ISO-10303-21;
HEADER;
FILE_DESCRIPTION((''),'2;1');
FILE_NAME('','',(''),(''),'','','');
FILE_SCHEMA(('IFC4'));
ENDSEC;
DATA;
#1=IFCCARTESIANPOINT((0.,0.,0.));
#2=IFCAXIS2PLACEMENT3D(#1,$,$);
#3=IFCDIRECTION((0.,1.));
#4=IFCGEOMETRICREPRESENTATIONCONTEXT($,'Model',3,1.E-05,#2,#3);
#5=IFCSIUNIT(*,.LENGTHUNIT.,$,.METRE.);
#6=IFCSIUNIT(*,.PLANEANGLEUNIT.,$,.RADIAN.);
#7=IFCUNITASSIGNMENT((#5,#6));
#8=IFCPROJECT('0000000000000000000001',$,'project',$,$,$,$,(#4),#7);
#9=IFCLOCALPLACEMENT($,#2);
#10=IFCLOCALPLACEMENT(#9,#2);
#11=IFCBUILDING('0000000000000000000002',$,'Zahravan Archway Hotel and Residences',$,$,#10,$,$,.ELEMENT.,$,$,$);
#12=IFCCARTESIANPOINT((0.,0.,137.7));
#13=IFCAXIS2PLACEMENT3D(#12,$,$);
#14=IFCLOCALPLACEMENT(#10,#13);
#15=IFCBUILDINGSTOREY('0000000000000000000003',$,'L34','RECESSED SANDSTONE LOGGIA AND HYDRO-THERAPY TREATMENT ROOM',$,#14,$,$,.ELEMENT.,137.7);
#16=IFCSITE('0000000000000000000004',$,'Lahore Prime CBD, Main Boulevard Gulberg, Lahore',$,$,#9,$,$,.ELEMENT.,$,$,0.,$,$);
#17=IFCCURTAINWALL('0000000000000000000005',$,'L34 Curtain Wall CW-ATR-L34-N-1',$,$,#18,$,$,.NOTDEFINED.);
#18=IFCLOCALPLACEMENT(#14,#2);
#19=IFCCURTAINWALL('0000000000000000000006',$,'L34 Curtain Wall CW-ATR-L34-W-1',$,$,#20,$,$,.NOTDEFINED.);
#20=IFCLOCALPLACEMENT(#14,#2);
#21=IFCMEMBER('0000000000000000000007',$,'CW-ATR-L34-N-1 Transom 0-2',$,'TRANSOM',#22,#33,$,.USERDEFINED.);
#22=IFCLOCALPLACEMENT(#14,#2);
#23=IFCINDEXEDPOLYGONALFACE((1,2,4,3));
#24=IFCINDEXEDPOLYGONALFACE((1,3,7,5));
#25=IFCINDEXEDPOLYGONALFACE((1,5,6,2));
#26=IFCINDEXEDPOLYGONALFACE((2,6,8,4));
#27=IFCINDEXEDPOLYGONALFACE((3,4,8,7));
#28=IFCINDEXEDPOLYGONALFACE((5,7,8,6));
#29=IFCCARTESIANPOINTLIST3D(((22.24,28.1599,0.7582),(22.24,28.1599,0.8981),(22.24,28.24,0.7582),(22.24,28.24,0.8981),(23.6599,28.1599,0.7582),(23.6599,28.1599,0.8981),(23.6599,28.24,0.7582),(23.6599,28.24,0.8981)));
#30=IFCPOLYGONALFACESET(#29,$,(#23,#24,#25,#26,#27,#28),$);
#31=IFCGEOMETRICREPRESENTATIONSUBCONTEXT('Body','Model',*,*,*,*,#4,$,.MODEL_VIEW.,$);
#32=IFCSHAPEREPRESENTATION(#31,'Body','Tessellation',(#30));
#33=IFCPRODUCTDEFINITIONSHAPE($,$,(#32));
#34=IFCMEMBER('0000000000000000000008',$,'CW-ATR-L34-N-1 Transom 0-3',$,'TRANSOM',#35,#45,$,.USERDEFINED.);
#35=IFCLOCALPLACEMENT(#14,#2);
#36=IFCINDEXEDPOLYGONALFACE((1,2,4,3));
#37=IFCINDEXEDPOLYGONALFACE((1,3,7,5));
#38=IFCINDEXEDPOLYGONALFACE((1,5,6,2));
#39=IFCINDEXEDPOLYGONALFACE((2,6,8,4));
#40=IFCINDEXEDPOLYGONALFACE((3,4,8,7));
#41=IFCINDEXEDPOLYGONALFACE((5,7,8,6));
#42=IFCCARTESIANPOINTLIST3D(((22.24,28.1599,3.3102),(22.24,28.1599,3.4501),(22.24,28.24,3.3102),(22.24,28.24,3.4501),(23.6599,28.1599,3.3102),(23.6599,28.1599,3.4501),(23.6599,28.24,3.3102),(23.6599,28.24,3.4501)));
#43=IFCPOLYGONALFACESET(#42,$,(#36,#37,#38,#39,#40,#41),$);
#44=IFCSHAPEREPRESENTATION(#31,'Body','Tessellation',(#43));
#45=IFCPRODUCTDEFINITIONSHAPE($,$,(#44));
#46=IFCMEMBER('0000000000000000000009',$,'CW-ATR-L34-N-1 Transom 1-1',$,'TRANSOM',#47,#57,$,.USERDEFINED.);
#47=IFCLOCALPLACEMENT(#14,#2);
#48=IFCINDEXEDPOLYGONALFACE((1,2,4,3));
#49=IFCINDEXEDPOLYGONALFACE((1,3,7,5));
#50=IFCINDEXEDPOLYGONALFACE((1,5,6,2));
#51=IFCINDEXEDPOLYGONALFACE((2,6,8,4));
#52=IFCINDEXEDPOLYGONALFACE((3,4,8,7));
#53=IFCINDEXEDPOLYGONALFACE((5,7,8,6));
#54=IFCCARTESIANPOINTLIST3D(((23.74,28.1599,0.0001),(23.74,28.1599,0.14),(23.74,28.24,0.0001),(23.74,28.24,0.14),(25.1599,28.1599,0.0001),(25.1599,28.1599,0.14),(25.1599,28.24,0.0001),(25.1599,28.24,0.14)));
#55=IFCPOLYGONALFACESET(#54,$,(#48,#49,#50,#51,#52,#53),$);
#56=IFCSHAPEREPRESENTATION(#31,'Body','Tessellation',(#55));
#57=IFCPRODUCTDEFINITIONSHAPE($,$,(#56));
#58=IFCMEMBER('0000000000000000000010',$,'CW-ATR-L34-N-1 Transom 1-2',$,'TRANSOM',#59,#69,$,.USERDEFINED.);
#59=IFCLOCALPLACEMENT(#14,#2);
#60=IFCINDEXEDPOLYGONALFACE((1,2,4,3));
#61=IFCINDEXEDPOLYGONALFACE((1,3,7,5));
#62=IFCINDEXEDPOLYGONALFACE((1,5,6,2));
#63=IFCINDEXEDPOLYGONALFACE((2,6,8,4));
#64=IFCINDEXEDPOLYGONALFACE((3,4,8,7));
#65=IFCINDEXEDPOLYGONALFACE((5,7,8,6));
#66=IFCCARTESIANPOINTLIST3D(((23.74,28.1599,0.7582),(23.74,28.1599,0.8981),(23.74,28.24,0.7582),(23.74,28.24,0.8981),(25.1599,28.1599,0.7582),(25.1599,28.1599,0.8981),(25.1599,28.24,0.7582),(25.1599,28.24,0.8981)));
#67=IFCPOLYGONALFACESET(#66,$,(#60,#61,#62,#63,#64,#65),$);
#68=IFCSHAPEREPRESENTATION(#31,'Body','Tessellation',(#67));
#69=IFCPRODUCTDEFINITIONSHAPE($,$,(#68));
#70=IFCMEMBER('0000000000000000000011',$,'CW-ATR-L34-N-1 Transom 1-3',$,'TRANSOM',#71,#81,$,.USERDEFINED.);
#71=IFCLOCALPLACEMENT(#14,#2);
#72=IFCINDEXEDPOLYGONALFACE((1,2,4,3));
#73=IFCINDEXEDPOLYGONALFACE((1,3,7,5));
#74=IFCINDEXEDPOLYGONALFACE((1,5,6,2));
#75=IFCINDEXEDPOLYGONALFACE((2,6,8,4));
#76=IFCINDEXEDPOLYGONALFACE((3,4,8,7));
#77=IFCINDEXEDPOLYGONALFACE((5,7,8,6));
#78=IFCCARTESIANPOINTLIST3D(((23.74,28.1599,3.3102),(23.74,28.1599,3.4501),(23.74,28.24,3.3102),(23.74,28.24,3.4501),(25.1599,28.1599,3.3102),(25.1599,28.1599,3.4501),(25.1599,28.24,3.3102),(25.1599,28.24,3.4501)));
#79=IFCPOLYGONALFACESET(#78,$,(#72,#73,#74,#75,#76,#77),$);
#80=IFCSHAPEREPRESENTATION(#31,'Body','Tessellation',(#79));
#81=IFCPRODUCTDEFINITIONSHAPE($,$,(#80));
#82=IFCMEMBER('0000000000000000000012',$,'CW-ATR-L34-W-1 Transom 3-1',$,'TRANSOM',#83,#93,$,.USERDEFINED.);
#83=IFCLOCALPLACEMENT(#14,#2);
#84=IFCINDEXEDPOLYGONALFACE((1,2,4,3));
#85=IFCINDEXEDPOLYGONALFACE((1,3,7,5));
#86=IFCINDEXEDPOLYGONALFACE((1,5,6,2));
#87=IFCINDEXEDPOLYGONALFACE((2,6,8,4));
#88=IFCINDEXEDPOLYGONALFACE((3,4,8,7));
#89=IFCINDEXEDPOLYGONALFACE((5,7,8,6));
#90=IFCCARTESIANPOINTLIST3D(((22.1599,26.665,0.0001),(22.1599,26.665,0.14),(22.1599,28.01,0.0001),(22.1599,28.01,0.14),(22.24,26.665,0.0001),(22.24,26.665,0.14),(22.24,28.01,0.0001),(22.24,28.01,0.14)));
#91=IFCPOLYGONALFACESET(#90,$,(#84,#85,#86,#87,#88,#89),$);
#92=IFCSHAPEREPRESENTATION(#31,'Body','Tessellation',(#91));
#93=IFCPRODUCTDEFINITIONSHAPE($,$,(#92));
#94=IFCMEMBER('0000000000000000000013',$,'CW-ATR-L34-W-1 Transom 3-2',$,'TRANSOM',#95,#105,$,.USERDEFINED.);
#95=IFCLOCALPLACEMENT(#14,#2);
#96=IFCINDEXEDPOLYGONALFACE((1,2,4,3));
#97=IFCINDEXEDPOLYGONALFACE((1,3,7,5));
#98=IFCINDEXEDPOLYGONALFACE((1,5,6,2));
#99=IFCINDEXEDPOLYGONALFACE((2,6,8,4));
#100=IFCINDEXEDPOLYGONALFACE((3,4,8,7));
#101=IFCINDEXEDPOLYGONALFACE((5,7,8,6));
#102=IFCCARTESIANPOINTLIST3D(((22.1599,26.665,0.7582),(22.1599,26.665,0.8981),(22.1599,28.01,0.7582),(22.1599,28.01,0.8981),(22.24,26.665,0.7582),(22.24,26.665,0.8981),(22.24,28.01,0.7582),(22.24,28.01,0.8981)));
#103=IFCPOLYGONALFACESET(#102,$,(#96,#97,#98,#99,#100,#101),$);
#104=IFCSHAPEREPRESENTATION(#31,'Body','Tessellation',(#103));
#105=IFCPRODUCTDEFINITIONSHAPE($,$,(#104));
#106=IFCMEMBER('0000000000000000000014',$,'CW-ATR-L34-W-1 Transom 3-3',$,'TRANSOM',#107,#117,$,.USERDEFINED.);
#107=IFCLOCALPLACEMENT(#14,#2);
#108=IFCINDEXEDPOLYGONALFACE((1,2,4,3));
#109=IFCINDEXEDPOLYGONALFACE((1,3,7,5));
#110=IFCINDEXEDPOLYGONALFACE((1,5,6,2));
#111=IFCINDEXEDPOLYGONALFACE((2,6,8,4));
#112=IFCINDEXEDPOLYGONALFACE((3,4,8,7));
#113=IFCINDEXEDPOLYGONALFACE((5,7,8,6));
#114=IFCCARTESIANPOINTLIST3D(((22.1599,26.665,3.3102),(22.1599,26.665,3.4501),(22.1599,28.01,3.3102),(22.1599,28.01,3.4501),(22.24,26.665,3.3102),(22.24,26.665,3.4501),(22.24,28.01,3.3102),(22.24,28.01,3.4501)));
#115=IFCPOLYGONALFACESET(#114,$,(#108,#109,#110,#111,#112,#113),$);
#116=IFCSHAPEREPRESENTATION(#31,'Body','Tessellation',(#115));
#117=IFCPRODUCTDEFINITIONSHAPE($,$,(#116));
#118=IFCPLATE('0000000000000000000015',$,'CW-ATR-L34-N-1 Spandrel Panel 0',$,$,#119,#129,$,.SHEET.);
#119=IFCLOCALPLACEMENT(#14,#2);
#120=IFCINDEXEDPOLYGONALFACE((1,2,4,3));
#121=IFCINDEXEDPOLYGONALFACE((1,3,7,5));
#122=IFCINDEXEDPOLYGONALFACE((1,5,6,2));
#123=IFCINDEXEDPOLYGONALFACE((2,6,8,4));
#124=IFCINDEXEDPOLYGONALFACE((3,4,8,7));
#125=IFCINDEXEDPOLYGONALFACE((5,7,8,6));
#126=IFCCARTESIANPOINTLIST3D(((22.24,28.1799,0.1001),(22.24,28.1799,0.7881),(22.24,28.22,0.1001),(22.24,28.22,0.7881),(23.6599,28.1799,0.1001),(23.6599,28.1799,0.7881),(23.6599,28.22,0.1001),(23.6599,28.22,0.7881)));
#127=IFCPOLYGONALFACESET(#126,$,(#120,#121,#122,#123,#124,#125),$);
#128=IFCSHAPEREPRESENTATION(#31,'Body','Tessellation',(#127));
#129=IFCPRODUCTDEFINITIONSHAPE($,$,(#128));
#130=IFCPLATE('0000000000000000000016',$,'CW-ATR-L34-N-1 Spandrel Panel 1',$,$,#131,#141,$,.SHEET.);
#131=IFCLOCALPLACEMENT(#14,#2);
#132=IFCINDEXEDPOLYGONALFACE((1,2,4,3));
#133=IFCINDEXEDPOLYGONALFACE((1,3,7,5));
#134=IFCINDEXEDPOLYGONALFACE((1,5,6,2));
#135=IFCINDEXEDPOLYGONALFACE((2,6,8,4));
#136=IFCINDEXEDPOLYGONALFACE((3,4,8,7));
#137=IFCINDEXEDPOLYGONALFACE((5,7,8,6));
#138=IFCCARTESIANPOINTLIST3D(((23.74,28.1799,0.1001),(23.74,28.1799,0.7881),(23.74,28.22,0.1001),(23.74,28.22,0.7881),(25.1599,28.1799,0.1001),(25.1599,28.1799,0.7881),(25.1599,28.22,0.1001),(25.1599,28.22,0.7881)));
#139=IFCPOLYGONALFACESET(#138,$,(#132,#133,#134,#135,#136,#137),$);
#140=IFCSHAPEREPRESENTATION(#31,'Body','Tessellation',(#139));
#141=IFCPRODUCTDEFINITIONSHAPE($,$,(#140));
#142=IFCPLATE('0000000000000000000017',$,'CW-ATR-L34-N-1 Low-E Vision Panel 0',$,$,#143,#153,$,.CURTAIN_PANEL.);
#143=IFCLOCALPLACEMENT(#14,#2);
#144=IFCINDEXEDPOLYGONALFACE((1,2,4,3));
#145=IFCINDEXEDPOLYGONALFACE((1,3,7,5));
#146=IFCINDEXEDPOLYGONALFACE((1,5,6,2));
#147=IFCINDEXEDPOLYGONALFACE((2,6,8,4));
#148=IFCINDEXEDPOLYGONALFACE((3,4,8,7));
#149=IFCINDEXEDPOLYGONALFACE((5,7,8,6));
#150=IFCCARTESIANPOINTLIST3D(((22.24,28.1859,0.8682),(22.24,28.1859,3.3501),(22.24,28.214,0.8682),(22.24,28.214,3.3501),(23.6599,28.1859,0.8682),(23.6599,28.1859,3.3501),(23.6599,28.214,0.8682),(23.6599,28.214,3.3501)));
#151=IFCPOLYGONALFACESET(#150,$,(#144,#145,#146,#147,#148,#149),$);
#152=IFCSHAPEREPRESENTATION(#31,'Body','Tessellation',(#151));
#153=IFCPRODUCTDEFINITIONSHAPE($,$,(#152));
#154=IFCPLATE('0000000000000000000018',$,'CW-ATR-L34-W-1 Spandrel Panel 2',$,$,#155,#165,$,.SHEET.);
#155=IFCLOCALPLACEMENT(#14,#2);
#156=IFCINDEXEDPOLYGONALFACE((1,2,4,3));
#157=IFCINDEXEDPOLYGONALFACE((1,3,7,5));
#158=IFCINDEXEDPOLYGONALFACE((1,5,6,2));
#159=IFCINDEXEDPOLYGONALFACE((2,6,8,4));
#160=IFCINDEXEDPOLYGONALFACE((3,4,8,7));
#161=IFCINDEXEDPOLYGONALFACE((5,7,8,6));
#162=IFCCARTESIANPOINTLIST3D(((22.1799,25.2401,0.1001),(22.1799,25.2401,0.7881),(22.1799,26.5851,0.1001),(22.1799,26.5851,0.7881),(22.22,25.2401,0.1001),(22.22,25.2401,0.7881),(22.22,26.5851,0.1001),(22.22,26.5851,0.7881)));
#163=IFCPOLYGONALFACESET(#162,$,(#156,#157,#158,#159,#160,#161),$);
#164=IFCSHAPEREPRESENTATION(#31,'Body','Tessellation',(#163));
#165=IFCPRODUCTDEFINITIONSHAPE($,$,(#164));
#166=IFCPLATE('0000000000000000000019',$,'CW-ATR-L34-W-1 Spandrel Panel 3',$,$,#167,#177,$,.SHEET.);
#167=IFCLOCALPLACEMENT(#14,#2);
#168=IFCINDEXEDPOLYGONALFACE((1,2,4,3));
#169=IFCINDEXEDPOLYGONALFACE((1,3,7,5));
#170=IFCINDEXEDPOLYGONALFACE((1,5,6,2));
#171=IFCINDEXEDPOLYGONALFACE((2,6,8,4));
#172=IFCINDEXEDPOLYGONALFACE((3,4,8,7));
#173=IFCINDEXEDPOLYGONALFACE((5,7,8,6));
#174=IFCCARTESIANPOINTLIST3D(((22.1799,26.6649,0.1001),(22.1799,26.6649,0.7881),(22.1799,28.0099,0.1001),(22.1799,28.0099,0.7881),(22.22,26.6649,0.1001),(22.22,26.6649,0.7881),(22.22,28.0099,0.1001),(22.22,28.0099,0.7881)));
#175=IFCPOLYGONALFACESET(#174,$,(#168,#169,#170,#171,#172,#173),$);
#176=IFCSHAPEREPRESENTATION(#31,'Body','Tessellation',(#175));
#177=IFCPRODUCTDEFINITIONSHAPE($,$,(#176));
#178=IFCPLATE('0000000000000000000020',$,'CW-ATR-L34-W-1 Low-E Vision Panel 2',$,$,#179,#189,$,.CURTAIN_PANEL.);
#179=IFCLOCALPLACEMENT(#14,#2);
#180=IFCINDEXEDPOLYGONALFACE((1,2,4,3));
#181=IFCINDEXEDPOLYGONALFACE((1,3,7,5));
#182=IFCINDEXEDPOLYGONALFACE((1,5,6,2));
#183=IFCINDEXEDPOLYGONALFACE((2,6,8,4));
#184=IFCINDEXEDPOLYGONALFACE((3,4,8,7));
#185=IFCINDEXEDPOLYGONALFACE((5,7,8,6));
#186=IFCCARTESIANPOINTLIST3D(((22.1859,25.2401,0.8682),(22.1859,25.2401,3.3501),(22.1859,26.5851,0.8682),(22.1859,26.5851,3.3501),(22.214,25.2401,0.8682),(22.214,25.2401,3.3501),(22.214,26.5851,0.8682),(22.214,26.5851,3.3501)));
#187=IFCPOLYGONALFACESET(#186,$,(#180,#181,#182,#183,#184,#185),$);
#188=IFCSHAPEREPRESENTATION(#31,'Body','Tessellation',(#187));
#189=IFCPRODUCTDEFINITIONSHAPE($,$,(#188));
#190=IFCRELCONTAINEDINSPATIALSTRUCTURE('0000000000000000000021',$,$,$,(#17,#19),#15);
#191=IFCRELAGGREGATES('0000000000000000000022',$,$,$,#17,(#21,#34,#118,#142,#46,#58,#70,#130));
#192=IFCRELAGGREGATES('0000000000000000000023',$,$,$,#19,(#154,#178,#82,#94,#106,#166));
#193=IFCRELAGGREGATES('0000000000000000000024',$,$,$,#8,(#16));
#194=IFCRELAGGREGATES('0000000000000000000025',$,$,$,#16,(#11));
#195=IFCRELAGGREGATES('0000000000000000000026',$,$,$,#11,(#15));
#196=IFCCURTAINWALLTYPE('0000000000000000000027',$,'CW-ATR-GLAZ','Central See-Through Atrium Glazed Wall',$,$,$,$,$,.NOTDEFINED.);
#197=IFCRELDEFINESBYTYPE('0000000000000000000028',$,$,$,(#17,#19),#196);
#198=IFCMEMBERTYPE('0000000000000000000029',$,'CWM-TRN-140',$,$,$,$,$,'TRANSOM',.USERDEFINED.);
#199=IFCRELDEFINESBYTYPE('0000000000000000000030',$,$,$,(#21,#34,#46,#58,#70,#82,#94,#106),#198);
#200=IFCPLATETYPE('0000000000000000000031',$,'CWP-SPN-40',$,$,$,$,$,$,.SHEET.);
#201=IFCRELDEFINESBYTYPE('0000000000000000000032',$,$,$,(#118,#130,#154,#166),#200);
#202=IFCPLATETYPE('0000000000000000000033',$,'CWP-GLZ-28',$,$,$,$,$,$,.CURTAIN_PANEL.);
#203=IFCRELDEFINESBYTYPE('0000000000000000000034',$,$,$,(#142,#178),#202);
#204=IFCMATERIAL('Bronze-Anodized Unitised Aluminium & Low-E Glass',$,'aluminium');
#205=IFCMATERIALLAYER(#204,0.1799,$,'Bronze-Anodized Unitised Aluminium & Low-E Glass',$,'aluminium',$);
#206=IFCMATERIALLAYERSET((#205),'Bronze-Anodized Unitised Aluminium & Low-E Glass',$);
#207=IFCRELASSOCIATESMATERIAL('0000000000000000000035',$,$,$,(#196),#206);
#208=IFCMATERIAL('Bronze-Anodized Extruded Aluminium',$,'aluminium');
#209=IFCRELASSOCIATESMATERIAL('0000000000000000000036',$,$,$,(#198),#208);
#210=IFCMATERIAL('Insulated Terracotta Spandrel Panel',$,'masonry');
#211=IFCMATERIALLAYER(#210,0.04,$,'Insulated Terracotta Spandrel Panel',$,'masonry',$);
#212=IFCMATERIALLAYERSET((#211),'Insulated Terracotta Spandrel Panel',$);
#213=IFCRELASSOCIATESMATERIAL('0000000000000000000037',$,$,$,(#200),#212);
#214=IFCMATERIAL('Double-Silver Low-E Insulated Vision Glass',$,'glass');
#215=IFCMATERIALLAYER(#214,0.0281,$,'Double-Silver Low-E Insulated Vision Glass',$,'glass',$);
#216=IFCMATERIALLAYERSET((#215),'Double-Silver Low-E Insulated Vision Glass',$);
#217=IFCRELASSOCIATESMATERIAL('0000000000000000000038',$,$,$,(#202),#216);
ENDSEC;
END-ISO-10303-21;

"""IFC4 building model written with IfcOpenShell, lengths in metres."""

from ifc_helpers import new_model, si_unit, direction, frame, origin, origin_2d, place, context, subcontext, project, spatial, rectangle, extrude, source, transform, mapped, material, layer, layer_set, material_profile, profile_set, type_object, element, aggregate, save


model = new_model("IFC4")

# Units and contexts
model_context = context("Model", 3, precision=1e-05, world=origin(), true_north=direction((0.0, 1.0)))
body_context = subcontext(model_context, "Body", "Model", "MODEL_VIEW")
ifc_project = project(units=[si_unit("LENGTHUNIT", "METRE"), si_unit("PLANEANGLEUNIT", "RADIAN")], contexts=[model_context])

# Site, building, storey
site_placement = place(None, origin())
site = spatial("IfcSite", under=ifc_project, at=site_placement, Name="Lahore Prime CBD, Main Boulevard Gulberg, Lahore", CompositionType="ELEMENT", RefElevation=0.0)
building_placement = place(site_placement, origin())
building = spatial("IfcBuilding", under=site, at=building_placement, Name="Zahravan Archway Hotel and Residences", CompositionType="ELEMENT")
storey_placement = place(building_placement, frame((0.0, 0.0, 137.7)))
storey = spatial("IfcBuildingStorey", under=building, at=storey_placement, Name="L34", Description="RECESSED SANDSTONE LOGGIA AND HYDRO-THERAPY TREATMENT ROOM", CompositionType="ELEMENT", Elevation=137.7)

# Curtain walls
ifc_material_1 = material(Name="Bronze-Anodized Unitised Aluminium & Low-E Glass", Category="aluminium")
ifc_layer_1 = layer(ifc_material_1, 0.1799, Name="Bronze-Anodized Unitised Aluminium & Low-E Glass", Category="aluminium")
ifc_layer_set_1 = layer_set([ifc_layer_1], Name="Bronze-Anodized Unitised Aluminium & Low-E Glass")
curtain_wall_type = type_object("IfcCurtainWallType", Name="CW-ATR-GLAZ", Description="Central See-Through Atrium Glazed Wall", PredefinedType="NOTDEFINED", material=ifc_layer_set_1)
ifc_material_2 = material(Name="Bronze-Anodized Extruded Aluminium", Category="aluminium")
ifc_material_profile_1 = material_profile(ifc_material_2, rectangle(XDim=0.0801, YDim=0.1399, at=origin_2d()), Name="TRN 80x140", Category="aluminium")
ifc_profile_set_1 = profile_set([ifc_material_profile_1], Name="Bronze-Anodized Extruded Aluminium")
member_type_1 = type_object("IfcMemberType", Name="CWM-TRN-140", ElementType="TRANSOM", PredefinedType="USERDEFINED", material=ifc_profile_set_1)
curtain_wall_1_placement = place(storey_placement, origin())
curtain_wall_1 = element("IfcCurtainWall", 1, at=curtain_wall_1_placement, inside=storey, type_object=curtain_wall_type, Name="L34 Curtain Wall CW-ATR-L34-N-1", PredefinedType="NOTDEFINED")
curtain_wall_2_placement = place(storey_placement, origin())
curtain_wall_2 = element("IfcCurtainWall", 2, at=curtain_wall_2_placement, inside=storey, type_object=curtain_wall_type, Name="L34 Curtain Wall CW-ATR-L34-W-1", PredefinedType="NOTDEFINED")

# Members
shared_shape_1 = source(origin(), body_context, "Body", "SweptSolid", [
    extrude(rectangle(XDim=0.0801, YDim=0.1399, at=origin_2d()), origin(), (0.0, 0.0, 1.0), 1.4199),
])
member_1_placement = place(storey_placement, frame((22.24, 28.2, 0.8281), z_axis=(1.0, 0.0, 0.0), x_axis=(0.0, 1.0, 0.0)))
member_1 = element("IfcMember", 3, at=member_1_placement, type_object=member_type_1, Name="CW-ATR-L34-N-1 Transom 0-2", ObjectType="TRANSOM", PredefinedType="USERDEFINED", context=body_context, shape_type="MappedRepresentation", body=[
    mapped(shared_shape_1, transform((0.0, 0.0, 0.0), scale=1.0)),
])
member_2_placement = place(storey_placement, frame((22.24, 28.2, 3.3801), z_axis=(1.0, 0.0, 0.0), x_axis=(0.0, 1.0, 0.0)))
member_2 = element("IfcMember", 4, at=member_2_placement, type_object=member_type_1, Name="CW-ATR-L34-N-1 Transom 0-3", ObjectType="TRANSOM", PredefinedType="USERDEFINED", context=body_context, shape_type="MappedRepresentation", body=[
    mapped(shared_shape_1, transform((0.0, 0.0, 0.0), scale=1.0)),
])
member_3_placement = place(storey_placement, frame((23.74, 28.2, 0.0701), z_axis=(1.0, 0.0, 0.0), x_axis=(0.0, 1.0, 0.0)))
member_3 = element("IfcMember", 5, at=member_3_placement, type_object=member_type_1, Name="CW-ATR-L34-N-1 Transom 1-1", ObjectType="TRANSOM", PredefinedType="USERDEFINED", context=body_context, shape_type="MappedRepresentation", body=[
    mapped(shared_shape_1, transform((0.0, 0.0, 0.0), scale=1.0)),
])
member_4_placement = place(storey_placement, frame((23.74, 28.2, 0.8281), z_axis=(1.0, 0.0, 0.0), x_axis=(0.0, 1.0, 0.0)))
member_4 = element("IfcMember", 6, at=member_4_placement, type_object=member_type_1, Name="CW-ATR-L34-N-1 Transom 1-2", ObjectType="TRANSOM", PredefinedType="USERDEFINED", context=body_context, shape_type="MappedRepresentation", body=[
    mapped(shared_shape_1, transform((0.0, 0.0, 0.0), scale=1.0)),
])
member_5_placement = place(storey_placement, frame((23.74, 28.2, 3.3801), z_axis=(1.0, 0.0, 0.0), x_axis=(0.0, 1.0, 0.0)))
member_5 = element("IfcMember", 7, at=member_5_placement, type_object=member_type_1, Name="CW-ATR-L34-N-1 Transom 1-3", ObjectType="TRANSOM", PredefinedType="USERDEFINED", context=body_context, shape_type="MappedRepresentation", body=[
    mapped(shared_shape_1, transform((0.0, 0.0, 0.0), scale=1.0)),
])
shared_shape_2 = source(origin(), body_context, "Body", "SweptSolid", [
    extrude(rectangle(XDim=0.0801, YDim=0.1399, at=origin_2d()), origin(), (0.0, 0.0, 1.0), 1.345),
])
member_6_placement = place(storey_placement, frame((22.2, 26.665, 0.0701), z_axis=(0.0, 1.0, 0.0), x_axis=(-1.0, 0.0, 0.0)))
member_6 = element("IfcMember", 8, at=member_6_placement, type_object=member_type_1, Name="CW-ATR-L34-W-1 Transom 3-1", ObjectType="TRANSOM", PredefinedType="USERDEFINED", context=body_context, shape_type="MappedRepresentation", body=[
    mapped(shared_shape_2, transform((0.0, 0.0, 0.0), scale=1.0)),
])
member_7_placement = place(storey_placement, frame((22.2, 26.665, 0.8281), z_axis=(0.0, 1.0, 0.0), x_axis=(-1.0, 0.0, 0.0)))
member_7 = element("IfcMember", 9, at=member_7_placement, type_object=member_type_1, Name="CW-ATR-L34-W-1 Transom 3-2", ObjectType="TRANSOM", PredefinedType="USERDEFINED", context=body_context, shape_type="MappedRepresentation", body=[
    mapped(shared_shape_2, transform((0.0, 0.0, 0.0), scale=1.0)),
])
member_8_placement = place(storey_placement, frame((22.2, 26.665, 3.3801), z_axis=(0.0, 1.0, 0.0), x_axis=(-1.0, 0.0, 0.0)))
member_8 = element("IfcMember", 10, at=member_8_placement, type_object=member_type_1, Name="CW-ATR-L34-W-1 Transom 3-3", ObjectType="TRANSOM", PredefinedType="USERDEFINED", context=body_context, shape_type="MappedRepresentation", body=[
    mapped(shared_shape_2, transform((0.0, 0.0, 0.0), scale=1.0)),
])

# Plates
ifc_material_3 = material(Name="Insulated Terracotta Spandrel Panel", Category="masonry")
ifc_layer_2 = layer(ifc_material_3, 0.04, Name="Insulated Terracotta Spandrel Panel", Category="masonry")
ifc_layer_set_2 = layer_set([ifc_layer_2], Name="Insulated Terracotta Spandrel Panel")
plate_type_1 = type_object("IfcPlateType", Name="CWP-SPN-40", PredefinedType="SHEET", material=ifc_layer_set_2)
shared_shape_3 = source(origin(), body_context, "Body", "SweptSolid", [
    extrude(rectangle(XDim=1.4199, YDim=0.04, at=origin_2d()), origin(), (0.0, 0.0, 1.0), 0.688),
])
plate_1_placement = place(storey_placement, frame((22.95, 28.2, 0.1001), z_axis=(0.0, 0.0, 1.0), x_axis=(1.0, 0.0, 0.0)))
plate_1 = element("IfcPlate", 11, at=plate_1_placement, type_object=plate_type_1, Name="CW-ATR-L34-N-1 Spandrel Panel 0", PredefinedType="SHEET", context=body_context, shape_type="MappedRepresentation", body=[
    mapped(shared_shape_3, transform((0.0, 0.0, 0.0), scale=1.0)),
])
plate_2_placement = place(storey_placement, frame((24.45, 28.2, 0.1001), z_axis=(0.0, 0.0, 1.0), x_axis=(1.0, 0.0, 0.0)))
plate_2 = element("IfcPlate", 12, at=plate_2_placement, type_object=plate_type_1, Name="CW-ATR-L34-N-1 Spandrel Panel 1", PredefinedType="SHEET", context=body_context, shape_type="MappedRepresentation", body=[
    mapped(shared_shape_3, transform((0.0, 0.0, 0.0), scale=1.0)),
])
ifc_material_4 = material(Name="Double-Silver Low-E Insulated Vision Glass", Category="glass")
ifc_layer_3 = layer(ifc_material_4, 0.0281, Name="Double-Silver Low-E Insulated Vision Glass", Category="glass")
ifc_layer_set_3 = layer_set([ifc_layer_3], Name="Double-Silver Low-E Insulated Vision Glass")
plate_type_2 = type_object("IfcPlateType", Name="CWP-GLZ-28", PredefinedType="CURTAIN_PANEL", material=ifc_layer_set_3)
shared_shape_4 = source(origin(), body_context, "Body", "SweptSolid", [
    extrude(rectangle(XDim=1.4199, YDim=0.0281, at=origin_2d()), origin(), (0.0, 0.0, 1.0), 2.4819),
])
plate_3_placement = place(storey_placement, frame((22.95, 28.2, 0.8682), z_axis=(0.0, 0.0, 1.0), x_axis=(1.0, 0.0, 0.0)))
plate_3 = element("IfcPlate", 13, at=plate_3_placement, type_object=plate_type_2, Name="CW-ATR-L34-N-1 Low-E Vision Panel 0", PredefinedType="CURTAIN_PANEL", context=body_context, shape_type="MappedRepresentation", body=[
    mapped(shared_shape_4, transform((0.0, 0.0, 0.0), scale=1.0)),
])
aggregate(curtain_wall_1, [member_1, member_2, plate_1, plate_3, member_3, member_4, member_5, plate_2])
shared_shape_5 = source(origin(), body_context, "Body", "SweptSolid", [
    extrude(rectangle(XDim=1.345, YDim=0.04, at=origin_2d()), origin(), (0.0, 0.0, 1.0), 0.688),
])
plate_4_placement = place(storey_placement, frame((22.2, 25.9126, 0.1001), z_axis=(0.0, 0.0, 1.0), x_axis=(0.0, 1.0, 0.0)))
plate_4 = element("IfcPlate", 14, at=plate_4_placement, type_object=plate_type_1, Name="CW-ATR-L34-W-1 Spandrel Panel 2", PredefinedType="SHEET", context=body_context, shape_type="MappedRepresentation", body=[
    mapped(shared_shape_5, transform((0.0, 0.0, 0.0), scale=1.0)),
])
plate_5_placement = place(storey_placement, frame((22.2, 27.3374, 0.1001), z_axis=(0.0, 0.0, 1.0), x_axis=(0.0, 1.0, 0.0)))
plate_5 = element("IfcPlate", 15, at=plate_5_placement, type_object=plate_type_1, Name="CW-ATR-L34-W-1 Spandrel Panel 3", PredefinedType="SHEET", context=body_context, shape_type="MappedRepresentation", body=[
    mapped(shared_shape_5, transform((0.0, 0.0, 0.0), scale=1.0)),
])
shared_shape_6 = source(origin(), body_context, "Body", "SweptSolid", [
    extrude(rectangle(XDim=1.345, YDim=0.0281, at=origin_2d()), origin(), (0.0, 0.0, 1.0), 2.4819),
])
plate_6_placement = place(storey_placement, frame((22.2, 25.9126, 0.8682), z_axis=(0.0, 0.0, 1.0), x_axis=(0.0, 1.0, 0.0)))
plate_6 = element("IfcPlate", 16, at=plate_6_placement, type_object=plate_type_2, Name="CW-ATR-L34-W-1 Low-E Vision Panel 2", PredefinedType="CURTAIN_PANEL", context=body_context, shape_type="MappedRepresentation", body=[
    mapped(shared_shape_6, transform((0.0, 0.0, 0.0), scale=1.0)),
])
aggregate(curtain_wall_2, [plate_4, plate_6, member_6, member_7, member_8, plate_5])

save(model, "model.ifc")
